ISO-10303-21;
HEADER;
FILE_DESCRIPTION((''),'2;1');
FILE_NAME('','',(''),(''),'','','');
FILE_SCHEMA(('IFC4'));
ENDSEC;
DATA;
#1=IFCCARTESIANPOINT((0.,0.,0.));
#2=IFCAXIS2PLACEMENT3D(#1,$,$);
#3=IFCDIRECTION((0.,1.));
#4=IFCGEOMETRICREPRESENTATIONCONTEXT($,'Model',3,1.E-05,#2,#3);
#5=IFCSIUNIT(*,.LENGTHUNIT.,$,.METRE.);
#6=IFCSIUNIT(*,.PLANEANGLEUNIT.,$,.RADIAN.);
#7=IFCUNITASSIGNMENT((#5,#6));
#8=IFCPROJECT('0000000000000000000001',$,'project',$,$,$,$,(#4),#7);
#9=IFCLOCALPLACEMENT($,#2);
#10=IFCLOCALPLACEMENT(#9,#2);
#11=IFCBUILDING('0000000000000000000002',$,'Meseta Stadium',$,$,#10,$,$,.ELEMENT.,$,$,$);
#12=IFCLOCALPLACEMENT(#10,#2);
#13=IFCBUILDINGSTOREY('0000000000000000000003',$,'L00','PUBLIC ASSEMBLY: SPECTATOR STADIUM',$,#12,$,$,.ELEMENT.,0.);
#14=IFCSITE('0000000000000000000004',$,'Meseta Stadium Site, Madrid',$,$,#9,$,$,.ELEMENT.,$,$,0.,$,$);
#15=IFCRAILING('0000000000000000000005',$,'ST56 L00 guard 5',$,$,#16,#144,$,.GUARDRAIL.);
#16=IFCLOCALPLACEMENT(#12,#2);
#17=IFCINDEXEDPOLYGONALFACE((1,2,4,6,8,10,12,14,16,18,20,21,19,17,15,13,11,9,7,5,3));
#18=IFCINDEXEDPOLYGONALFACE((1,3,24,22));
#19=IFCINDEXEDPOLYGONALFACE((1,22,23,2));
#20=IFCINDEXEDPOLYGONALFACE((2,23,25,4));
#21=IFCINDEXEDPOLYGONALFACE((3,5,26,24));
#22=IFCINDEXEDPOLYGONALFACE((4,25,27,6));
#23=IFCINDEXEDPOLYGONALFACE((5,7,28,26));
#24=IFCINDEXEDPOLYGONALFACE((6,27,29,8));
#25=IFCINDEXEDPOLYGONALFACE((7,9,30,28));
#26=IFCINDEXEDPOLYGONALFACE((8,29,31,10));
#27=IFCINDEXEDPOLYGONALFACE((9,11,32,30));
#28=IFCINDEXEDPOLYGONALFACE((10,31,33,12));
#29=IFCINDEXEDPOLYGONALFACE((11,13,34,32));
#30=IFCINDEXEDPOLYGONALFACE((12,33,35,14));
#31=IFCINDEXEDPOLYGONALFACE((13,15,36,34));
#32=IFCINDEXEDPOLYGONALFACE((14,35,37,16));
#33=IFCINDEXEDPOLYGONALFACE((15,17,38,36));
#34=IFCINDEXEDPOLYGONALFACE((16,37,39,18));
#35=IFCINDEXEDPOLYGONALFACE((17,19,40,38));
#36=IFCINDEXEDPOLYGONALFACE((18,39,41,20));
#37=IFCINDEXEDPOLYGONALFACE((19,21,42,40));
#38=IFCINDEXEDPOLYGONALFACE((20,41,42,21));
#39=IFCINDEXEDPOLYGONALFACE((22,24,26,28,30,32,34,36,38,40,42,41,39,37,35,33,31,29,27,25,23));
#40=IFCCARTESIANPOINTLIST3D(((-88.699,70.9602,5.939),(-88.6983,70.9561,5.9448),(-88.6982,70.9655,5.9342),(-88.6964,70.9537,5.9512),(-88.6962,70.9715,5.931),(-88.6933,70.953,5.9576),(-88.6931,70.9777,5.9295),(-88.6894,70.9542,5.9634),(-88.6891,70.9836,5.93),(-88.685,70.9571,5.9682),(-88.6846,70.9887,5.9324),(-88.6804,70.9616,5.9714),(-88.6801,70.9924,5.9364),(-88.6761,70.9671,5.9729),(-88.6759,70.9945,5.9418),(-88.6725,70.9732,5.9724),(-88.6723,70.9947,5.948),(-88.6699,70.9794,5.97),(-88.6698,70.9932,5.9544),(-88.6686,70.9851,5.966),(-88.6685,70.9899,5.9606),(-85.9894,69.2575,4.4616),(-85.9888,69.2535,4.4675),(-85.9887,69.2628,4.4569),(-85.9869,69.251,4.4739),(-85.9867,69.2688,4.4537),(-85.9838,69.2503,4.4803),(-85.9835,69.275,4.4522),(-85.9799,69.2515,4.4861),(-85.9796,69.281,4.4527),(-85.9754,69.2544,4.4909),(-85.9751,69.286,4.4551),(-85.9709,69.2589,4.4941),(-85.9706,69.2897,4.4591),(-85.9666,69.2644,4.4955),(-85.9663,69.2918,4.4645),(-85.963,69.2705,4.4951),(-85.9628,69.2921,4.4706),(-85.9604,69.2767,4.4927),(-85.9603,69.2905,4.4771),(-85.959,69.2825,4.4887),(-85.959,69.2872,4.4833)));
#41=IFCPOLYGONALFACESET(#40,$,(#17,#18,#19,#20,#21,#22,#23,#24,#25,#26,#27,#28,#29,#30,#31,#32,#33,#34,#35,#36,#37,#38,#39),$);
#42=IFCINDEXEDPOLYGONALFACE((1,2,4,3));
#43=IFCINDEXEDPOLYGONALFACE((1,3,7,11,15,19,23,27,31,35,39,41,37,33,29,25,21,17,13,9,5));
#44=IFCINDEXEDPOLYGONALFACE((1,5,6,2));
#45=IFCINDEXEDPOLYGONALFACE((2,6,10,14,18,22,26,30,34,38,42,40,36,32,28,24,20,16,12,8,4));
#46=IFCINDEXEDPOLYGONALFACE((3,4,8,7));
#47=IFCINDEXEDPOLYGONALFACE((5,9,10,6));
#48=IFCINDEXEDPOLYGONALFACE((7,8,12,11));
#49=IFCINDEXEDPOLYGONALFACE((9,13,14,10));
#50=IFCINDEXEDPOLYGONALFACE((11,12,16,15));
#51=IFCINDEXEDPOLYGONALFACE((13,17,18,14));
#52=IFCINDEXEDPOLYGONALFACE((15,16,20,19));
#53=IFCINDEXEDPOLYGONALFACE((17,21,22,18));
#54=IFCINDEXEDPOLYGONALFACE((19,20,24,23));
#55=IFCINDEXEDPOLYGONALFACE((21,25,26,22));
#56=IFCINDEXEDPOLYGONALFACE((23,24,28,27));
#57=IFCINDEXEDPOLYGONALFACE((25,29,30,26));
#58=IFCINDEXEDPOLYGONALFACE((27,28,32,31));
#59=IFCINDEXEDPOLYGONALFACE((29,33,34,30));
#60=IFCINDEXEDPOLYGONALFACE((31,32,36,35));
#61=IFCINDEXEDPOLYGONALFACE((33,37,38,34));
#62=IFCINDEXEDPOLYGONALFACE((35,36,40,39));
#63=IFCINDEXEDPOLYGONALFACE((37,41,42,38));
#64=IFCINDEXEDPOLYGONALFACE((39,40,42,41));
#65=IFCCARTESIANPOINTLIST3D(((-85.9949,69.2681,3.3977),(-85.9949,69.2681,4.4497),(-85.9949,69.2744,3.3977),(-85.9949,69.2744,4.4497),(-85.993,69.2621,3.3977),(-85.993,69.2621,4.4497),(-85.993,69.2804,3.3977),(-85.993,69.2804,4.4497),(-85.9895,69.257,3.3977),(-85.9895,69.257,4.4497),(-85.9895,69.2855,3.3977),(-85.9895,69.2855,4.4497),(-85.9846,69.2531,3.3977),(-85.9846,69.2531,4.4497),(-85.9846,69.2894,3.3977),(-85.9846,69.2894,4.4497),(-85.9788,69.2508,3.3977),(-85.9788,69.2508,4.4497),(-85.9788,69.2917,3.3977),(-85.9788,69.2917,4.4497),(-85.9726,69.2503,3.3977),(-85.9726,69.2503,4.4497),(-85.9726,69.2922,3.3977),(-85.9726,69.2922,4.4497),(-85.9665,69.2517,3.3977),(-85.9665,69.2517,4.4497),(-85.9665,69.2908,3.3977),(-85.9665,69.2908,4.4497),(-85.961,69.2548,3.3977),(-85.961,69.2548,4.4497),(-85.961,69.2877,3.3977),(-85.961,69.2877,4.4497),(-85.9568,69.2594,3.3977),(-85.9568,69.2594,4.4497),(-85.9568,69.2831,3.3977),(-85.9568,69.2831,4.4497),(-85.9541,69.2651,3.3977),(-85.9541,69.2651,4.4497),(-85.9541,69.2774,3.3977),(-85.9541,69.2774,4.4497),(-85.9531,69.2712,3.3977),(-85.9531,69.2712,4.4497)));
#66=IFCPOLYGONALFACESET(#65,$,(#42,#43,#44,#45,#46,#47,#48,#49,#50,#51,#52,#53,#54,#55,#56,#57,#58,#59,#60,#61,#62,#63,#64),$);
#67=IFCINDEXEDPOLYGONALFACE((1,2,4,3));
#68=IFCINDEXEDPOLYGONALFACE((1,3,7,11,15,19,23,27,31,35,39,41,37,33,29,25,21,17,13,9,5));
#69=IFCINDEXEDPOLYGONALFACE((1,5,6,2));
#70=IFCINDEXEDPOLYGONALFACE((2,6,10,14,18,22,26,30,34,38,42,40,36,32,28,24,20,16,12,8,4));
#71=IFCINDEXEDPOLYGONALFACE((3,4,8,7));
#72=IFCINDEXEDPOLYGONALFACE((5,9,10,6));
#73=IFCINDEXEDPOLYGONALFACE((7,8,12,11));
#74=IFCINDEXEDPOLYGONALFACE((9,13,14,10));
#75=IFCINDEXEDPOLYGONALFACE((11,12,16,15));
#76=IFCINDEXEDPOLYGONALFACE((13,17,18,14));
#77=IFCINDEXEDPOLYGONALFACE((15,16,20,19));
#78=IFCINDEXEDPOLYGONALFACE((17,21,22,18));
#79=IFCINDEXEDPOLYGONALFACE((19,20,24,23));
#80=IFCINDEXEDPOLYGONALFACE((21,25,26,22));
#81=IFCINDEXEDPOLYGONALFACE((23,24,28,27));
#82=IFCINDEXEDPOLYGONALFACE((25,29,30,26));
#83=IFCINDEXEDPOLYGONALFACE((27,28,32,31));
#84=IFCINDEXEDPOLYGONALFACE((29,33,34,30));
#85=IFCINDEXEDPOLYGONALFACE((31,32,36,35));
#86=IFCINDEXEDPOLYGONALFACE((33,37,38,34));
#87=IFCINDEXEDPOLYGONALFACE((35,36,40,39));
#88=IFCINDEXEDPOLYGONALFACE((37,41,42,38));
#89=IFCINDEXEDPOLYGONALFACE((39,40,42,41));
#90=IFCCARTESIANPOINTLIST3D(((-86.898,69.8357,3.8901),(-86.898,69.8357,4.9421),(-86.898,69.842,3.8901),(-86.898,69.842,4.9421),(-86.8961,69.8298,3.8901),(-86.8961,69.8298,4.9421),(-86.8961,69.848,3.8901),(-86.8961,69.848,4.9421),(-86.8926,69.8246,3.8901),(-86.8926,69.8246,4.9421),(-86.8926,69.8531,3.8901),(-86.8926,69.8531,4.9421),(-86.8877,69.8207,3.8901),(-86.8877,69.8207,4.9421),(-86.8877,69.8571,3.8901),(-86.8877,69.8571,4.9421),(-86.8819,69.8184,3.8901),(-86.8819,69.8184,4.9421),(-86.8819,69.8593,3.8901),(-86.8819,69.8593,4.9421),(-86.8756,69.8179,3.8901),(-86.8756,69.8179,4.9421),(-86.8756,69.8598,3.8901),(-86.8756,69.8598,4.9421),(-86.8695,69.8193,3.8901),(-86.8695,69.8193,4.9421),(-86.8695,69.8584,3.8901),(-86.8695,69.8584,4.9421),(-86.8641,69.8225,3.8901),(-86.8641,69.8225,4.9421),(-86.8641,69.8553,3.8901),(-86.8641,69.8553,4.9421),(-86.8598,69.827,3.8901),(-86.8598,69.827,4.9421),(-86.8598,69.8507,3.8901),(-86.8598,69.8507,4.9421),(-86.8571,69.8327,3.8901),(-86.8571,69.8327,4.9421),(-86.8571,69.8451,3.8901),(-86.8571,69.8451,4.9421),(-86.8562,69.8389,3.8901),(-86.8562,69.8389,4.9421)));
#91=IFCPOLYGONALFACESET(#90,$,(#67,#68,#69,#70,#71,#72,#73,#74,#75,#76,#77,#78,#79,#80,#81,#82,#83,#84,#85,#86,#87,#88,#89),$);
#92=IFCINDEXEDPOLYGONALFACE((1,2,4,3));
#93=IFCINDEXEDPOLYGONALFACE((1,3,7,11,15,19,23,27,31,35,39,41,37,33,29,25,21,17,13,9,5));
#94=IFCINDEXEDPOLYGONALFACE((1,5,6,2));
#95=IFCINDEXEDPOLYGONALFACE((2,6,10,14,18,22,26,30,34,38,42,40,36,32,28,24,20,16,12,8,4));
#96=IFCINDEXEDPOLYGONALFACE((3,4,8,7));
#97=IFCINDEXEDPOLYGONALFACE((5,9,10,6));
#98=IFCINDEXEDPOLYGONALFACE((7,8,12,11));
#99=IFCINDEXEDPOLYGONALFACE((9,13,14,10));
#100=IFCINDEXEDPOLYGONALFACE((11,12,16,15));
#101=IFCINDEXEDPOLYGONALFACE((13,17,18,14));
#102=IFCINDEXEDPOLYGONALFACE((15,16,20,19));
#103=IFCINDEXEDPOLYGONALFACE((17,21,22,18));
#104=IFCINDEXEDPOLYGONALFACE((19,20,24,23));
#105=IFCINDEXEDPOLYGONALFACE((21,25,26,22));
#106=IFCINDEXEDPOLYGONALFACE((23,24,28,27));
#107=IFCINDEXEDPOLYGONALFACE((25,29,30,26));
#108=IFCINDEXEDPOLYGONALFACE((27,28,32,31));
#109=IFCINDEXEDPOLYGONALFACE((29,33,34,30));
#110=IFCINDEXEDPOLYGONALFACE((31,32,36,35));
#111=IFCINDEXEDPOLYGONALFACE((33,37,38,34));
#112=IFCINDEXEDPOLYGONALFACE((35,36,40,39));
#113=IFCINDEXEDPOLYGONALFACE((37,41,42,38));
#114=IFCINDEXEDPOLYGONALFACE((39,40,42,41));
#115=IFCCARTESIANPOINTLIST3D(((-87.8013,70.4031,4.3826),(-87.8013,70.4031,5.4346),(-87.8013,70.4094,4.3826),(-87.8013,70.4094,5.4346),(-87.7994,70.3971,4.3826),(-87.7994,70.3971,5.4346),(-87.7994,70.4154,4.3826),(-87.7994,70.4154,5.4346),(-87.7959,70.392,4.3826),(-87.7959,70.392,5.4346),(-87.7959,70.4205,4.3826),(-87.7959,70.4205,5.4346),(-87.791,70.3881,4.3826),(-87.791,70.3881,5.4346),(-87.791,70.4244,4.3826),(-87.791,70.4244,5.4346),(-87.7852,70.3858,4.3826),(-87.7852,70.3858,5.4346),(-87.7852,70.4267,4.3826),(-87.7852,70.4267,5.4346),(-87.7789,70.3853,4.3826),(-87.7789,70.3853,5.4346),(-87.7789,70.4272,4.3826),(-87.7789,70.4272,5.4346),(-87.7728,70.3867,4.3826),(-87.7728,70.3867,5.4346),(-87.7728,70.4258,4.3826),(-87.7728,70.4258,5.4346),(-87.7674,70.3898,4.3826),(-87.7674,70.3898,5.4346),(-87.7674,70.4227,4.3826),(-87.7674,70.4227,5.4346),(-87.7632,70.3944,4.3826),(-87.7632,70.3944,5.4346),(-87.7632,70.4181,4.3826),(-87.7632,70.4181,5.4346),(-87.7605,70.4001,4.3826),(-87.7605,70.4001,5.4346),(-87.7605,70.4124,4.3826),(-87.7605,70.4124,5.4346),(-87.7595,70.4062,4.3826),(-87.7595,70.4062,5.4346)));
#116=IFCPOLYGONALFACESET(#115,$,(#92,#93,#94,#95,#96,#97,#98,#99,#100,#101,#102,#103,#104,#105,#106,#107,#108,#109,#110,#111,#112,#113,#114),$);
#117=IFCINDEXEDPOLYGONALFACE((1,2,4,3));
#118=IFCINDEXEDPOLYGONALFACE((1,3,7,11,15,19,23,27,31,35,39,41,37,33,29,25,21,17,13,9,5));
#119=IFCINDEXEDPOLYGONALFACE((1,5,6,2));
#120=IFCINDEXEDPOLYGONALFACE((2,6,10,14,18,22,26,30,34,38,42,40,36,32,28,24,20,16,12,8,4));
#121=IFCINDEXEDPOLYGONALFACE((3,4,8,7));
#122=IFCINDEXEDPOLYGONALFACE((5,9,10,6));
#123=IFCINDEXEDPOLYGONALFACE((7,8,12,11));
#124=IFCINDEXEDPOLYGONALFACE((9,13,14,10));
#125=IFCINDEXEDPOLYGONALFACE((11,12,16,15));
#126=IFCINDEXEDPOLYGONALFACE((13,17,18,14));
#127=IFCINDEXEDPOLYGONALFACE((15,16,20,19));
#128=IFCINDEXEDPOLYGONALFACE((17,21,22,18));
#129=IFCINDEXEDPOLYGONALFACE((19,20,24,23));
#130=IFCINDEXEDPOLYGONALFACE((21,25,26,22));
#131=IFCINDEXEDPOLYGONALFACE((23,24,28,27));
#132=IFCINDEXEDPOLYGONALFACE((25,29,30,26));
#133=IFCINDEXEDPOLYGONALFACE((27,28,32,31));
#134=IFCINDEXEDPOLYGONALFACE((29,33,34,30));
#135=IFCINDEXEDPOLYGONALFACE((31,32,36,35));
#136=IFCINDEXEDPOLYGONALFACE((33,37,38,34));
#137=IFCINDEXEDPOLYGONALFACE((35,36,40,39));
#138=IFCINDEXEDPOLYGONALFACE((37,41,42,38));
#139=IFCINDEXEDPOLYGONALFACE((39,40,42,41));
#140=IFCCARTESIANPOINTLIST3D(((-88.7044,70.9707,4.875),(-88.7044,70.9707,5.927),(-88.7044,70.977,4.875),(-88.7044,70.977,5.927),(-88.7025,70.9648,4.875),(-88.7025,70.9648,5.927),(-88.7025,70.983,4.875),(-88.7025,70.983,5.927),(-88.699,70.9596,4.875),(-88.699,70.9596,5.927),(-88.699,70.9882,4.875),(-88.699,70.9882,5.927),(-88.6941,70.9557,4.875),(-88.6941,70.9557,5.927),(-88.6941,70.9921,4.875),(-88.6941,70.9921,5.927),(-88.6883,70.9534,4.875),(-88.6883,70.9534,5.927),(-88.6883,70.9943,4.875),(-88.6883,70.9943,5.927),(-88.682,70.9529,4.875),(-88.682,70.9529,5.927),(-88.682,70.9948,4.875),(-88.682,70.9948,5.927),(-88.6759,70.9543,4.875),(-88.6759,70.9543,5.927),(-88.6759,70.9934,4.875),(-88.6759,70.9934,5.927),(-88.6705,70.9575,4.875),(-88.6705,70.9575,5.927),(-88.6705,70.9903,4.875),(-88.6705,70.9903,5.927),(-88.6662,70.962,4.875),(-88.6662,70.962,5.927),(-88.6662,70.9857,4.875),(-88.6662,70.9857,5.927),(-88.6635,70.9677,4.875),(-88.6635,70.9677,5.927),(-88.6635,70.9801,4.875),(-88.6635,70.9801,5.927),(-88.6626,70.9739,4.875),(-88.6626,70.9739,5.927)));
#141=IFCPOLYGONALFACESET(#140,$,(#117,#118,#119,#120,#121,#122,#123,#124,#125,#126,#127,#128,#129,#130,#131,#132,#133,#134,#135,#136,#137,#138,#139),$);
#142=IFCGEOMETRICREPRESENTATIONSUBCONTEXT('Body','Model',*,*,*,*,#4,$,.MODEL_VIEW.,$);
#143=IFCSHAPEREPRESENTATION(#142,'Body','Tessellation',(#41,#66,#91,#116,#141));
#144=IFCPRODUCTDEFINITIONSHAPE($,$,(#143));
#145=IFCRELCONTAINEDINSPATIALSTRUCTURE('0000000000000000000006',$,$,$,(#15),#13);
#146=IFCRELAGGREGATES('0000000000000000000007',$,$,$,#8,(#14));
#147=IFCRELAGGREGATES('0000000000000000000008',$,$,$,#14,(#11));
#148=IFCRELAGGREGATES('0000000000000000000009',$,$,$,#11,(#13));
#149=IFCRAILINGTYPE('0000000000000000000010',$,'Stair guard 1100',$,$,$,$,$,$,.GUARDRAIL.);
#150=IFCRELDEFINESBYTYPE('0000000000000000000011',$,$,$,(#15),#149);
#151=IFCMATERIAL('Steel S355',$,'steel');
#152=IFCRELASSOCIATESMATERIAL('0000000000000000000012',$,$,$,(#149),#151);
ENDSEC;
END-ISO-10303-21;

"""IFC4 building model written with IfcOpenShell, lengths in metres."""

from ifc_helpers import new_model, si_unit, direction, frame, origin, origin_2d, place, context, subcontext, project, spatial, circle, extrude, material, type_object, element, save


model = new_model("IFC4")

# Units and contexts
model_context = context("Model", 3, precision=1e-05, world=origin(), true_north=direction((0.0, 1.0)))
body_context = subcontext(model_context, "Body", "Model", "MODEL_VIEW")
ifc_project = project(units=[si_unit("LENGTHUNIT", "METRE"), si_unit("PLANEANGLEUNIT", "RADIAN")], contexts=[model_context])

# Site, building, storey
site_placement = place(None, origin())
site = spatial("IfcSite", under=ifc_project, at=site_placement, Name="Meseta Stadium Site, Madrid", CompositionType="ELEMENT", RefElevation=0.0)
building_placement = place(site_placement, origin())
building = spatial("IfcBuilding", under=site, at=building_placement, Name="Meseta Stadium", CompositionType="ELEMENT")
storey_placement = place(building_placement, origin())
storey = spatial("IfcBuildingStorey", under=building, at=storey_placement, Name="L00", Description="PUBLIC ASSEMBLY: SPECTATOR STADIUM", CompositionType="ELEMENT", Elevation=0.0)

# Railing
ifc_material_1 = material(Name="Steel S355", Category="steel")
railing_type_1 = type_object("IfcRailingType", Name="Stair guard 1100", PredefinedType="GUARDRAIL", material=ifc_material_1)
railing_1_placement = place(storey_placement, frame((-85.9741, 69.2712, 3.3977)))
element("IfcRailing", 1, at=railing_1_placement, inside=storey, type_object=railing_type_1, Name="ST56 L00 guard 5", PredefinedType="GUARDRAIL", context=body_context, shape_type="SweptSolid", body=[
    extrude(circle(Radius=0.0239, at=origin_2d()), frame((0.0, 0.0, 1.0762), z_axis=(-0.768738, 0.483076, 0.419142), x_axis=(-0.532068, -0.846701, 0.0)), (0.0, 0.0, 1.0), 3.5247),
    extrude(circle(Radius=0.021, at=origin_2d()), origin(), (0.0, 0.0, 1.0), 1.052),
    extrude(circle(Radius=0.021, at=origin_2d()), frame((-0.9031, 0.5676, 0.4924)), (0.0, 0.0, 1.0), 1.052),
    extrude(circle(Radius=0.021, at=origin_2d()), frame((-1.8064, 1.135, 0.9849)), (0.0, 0.0, 1.0), 1.052),
    extrude(circle(Radius=0.021, at=origin_2d()), frame((-2.7095, 1.7026, 1.4773)), (0.0, 0.0, 1.0), 1.052),
])

save(model, "model.ifc")
